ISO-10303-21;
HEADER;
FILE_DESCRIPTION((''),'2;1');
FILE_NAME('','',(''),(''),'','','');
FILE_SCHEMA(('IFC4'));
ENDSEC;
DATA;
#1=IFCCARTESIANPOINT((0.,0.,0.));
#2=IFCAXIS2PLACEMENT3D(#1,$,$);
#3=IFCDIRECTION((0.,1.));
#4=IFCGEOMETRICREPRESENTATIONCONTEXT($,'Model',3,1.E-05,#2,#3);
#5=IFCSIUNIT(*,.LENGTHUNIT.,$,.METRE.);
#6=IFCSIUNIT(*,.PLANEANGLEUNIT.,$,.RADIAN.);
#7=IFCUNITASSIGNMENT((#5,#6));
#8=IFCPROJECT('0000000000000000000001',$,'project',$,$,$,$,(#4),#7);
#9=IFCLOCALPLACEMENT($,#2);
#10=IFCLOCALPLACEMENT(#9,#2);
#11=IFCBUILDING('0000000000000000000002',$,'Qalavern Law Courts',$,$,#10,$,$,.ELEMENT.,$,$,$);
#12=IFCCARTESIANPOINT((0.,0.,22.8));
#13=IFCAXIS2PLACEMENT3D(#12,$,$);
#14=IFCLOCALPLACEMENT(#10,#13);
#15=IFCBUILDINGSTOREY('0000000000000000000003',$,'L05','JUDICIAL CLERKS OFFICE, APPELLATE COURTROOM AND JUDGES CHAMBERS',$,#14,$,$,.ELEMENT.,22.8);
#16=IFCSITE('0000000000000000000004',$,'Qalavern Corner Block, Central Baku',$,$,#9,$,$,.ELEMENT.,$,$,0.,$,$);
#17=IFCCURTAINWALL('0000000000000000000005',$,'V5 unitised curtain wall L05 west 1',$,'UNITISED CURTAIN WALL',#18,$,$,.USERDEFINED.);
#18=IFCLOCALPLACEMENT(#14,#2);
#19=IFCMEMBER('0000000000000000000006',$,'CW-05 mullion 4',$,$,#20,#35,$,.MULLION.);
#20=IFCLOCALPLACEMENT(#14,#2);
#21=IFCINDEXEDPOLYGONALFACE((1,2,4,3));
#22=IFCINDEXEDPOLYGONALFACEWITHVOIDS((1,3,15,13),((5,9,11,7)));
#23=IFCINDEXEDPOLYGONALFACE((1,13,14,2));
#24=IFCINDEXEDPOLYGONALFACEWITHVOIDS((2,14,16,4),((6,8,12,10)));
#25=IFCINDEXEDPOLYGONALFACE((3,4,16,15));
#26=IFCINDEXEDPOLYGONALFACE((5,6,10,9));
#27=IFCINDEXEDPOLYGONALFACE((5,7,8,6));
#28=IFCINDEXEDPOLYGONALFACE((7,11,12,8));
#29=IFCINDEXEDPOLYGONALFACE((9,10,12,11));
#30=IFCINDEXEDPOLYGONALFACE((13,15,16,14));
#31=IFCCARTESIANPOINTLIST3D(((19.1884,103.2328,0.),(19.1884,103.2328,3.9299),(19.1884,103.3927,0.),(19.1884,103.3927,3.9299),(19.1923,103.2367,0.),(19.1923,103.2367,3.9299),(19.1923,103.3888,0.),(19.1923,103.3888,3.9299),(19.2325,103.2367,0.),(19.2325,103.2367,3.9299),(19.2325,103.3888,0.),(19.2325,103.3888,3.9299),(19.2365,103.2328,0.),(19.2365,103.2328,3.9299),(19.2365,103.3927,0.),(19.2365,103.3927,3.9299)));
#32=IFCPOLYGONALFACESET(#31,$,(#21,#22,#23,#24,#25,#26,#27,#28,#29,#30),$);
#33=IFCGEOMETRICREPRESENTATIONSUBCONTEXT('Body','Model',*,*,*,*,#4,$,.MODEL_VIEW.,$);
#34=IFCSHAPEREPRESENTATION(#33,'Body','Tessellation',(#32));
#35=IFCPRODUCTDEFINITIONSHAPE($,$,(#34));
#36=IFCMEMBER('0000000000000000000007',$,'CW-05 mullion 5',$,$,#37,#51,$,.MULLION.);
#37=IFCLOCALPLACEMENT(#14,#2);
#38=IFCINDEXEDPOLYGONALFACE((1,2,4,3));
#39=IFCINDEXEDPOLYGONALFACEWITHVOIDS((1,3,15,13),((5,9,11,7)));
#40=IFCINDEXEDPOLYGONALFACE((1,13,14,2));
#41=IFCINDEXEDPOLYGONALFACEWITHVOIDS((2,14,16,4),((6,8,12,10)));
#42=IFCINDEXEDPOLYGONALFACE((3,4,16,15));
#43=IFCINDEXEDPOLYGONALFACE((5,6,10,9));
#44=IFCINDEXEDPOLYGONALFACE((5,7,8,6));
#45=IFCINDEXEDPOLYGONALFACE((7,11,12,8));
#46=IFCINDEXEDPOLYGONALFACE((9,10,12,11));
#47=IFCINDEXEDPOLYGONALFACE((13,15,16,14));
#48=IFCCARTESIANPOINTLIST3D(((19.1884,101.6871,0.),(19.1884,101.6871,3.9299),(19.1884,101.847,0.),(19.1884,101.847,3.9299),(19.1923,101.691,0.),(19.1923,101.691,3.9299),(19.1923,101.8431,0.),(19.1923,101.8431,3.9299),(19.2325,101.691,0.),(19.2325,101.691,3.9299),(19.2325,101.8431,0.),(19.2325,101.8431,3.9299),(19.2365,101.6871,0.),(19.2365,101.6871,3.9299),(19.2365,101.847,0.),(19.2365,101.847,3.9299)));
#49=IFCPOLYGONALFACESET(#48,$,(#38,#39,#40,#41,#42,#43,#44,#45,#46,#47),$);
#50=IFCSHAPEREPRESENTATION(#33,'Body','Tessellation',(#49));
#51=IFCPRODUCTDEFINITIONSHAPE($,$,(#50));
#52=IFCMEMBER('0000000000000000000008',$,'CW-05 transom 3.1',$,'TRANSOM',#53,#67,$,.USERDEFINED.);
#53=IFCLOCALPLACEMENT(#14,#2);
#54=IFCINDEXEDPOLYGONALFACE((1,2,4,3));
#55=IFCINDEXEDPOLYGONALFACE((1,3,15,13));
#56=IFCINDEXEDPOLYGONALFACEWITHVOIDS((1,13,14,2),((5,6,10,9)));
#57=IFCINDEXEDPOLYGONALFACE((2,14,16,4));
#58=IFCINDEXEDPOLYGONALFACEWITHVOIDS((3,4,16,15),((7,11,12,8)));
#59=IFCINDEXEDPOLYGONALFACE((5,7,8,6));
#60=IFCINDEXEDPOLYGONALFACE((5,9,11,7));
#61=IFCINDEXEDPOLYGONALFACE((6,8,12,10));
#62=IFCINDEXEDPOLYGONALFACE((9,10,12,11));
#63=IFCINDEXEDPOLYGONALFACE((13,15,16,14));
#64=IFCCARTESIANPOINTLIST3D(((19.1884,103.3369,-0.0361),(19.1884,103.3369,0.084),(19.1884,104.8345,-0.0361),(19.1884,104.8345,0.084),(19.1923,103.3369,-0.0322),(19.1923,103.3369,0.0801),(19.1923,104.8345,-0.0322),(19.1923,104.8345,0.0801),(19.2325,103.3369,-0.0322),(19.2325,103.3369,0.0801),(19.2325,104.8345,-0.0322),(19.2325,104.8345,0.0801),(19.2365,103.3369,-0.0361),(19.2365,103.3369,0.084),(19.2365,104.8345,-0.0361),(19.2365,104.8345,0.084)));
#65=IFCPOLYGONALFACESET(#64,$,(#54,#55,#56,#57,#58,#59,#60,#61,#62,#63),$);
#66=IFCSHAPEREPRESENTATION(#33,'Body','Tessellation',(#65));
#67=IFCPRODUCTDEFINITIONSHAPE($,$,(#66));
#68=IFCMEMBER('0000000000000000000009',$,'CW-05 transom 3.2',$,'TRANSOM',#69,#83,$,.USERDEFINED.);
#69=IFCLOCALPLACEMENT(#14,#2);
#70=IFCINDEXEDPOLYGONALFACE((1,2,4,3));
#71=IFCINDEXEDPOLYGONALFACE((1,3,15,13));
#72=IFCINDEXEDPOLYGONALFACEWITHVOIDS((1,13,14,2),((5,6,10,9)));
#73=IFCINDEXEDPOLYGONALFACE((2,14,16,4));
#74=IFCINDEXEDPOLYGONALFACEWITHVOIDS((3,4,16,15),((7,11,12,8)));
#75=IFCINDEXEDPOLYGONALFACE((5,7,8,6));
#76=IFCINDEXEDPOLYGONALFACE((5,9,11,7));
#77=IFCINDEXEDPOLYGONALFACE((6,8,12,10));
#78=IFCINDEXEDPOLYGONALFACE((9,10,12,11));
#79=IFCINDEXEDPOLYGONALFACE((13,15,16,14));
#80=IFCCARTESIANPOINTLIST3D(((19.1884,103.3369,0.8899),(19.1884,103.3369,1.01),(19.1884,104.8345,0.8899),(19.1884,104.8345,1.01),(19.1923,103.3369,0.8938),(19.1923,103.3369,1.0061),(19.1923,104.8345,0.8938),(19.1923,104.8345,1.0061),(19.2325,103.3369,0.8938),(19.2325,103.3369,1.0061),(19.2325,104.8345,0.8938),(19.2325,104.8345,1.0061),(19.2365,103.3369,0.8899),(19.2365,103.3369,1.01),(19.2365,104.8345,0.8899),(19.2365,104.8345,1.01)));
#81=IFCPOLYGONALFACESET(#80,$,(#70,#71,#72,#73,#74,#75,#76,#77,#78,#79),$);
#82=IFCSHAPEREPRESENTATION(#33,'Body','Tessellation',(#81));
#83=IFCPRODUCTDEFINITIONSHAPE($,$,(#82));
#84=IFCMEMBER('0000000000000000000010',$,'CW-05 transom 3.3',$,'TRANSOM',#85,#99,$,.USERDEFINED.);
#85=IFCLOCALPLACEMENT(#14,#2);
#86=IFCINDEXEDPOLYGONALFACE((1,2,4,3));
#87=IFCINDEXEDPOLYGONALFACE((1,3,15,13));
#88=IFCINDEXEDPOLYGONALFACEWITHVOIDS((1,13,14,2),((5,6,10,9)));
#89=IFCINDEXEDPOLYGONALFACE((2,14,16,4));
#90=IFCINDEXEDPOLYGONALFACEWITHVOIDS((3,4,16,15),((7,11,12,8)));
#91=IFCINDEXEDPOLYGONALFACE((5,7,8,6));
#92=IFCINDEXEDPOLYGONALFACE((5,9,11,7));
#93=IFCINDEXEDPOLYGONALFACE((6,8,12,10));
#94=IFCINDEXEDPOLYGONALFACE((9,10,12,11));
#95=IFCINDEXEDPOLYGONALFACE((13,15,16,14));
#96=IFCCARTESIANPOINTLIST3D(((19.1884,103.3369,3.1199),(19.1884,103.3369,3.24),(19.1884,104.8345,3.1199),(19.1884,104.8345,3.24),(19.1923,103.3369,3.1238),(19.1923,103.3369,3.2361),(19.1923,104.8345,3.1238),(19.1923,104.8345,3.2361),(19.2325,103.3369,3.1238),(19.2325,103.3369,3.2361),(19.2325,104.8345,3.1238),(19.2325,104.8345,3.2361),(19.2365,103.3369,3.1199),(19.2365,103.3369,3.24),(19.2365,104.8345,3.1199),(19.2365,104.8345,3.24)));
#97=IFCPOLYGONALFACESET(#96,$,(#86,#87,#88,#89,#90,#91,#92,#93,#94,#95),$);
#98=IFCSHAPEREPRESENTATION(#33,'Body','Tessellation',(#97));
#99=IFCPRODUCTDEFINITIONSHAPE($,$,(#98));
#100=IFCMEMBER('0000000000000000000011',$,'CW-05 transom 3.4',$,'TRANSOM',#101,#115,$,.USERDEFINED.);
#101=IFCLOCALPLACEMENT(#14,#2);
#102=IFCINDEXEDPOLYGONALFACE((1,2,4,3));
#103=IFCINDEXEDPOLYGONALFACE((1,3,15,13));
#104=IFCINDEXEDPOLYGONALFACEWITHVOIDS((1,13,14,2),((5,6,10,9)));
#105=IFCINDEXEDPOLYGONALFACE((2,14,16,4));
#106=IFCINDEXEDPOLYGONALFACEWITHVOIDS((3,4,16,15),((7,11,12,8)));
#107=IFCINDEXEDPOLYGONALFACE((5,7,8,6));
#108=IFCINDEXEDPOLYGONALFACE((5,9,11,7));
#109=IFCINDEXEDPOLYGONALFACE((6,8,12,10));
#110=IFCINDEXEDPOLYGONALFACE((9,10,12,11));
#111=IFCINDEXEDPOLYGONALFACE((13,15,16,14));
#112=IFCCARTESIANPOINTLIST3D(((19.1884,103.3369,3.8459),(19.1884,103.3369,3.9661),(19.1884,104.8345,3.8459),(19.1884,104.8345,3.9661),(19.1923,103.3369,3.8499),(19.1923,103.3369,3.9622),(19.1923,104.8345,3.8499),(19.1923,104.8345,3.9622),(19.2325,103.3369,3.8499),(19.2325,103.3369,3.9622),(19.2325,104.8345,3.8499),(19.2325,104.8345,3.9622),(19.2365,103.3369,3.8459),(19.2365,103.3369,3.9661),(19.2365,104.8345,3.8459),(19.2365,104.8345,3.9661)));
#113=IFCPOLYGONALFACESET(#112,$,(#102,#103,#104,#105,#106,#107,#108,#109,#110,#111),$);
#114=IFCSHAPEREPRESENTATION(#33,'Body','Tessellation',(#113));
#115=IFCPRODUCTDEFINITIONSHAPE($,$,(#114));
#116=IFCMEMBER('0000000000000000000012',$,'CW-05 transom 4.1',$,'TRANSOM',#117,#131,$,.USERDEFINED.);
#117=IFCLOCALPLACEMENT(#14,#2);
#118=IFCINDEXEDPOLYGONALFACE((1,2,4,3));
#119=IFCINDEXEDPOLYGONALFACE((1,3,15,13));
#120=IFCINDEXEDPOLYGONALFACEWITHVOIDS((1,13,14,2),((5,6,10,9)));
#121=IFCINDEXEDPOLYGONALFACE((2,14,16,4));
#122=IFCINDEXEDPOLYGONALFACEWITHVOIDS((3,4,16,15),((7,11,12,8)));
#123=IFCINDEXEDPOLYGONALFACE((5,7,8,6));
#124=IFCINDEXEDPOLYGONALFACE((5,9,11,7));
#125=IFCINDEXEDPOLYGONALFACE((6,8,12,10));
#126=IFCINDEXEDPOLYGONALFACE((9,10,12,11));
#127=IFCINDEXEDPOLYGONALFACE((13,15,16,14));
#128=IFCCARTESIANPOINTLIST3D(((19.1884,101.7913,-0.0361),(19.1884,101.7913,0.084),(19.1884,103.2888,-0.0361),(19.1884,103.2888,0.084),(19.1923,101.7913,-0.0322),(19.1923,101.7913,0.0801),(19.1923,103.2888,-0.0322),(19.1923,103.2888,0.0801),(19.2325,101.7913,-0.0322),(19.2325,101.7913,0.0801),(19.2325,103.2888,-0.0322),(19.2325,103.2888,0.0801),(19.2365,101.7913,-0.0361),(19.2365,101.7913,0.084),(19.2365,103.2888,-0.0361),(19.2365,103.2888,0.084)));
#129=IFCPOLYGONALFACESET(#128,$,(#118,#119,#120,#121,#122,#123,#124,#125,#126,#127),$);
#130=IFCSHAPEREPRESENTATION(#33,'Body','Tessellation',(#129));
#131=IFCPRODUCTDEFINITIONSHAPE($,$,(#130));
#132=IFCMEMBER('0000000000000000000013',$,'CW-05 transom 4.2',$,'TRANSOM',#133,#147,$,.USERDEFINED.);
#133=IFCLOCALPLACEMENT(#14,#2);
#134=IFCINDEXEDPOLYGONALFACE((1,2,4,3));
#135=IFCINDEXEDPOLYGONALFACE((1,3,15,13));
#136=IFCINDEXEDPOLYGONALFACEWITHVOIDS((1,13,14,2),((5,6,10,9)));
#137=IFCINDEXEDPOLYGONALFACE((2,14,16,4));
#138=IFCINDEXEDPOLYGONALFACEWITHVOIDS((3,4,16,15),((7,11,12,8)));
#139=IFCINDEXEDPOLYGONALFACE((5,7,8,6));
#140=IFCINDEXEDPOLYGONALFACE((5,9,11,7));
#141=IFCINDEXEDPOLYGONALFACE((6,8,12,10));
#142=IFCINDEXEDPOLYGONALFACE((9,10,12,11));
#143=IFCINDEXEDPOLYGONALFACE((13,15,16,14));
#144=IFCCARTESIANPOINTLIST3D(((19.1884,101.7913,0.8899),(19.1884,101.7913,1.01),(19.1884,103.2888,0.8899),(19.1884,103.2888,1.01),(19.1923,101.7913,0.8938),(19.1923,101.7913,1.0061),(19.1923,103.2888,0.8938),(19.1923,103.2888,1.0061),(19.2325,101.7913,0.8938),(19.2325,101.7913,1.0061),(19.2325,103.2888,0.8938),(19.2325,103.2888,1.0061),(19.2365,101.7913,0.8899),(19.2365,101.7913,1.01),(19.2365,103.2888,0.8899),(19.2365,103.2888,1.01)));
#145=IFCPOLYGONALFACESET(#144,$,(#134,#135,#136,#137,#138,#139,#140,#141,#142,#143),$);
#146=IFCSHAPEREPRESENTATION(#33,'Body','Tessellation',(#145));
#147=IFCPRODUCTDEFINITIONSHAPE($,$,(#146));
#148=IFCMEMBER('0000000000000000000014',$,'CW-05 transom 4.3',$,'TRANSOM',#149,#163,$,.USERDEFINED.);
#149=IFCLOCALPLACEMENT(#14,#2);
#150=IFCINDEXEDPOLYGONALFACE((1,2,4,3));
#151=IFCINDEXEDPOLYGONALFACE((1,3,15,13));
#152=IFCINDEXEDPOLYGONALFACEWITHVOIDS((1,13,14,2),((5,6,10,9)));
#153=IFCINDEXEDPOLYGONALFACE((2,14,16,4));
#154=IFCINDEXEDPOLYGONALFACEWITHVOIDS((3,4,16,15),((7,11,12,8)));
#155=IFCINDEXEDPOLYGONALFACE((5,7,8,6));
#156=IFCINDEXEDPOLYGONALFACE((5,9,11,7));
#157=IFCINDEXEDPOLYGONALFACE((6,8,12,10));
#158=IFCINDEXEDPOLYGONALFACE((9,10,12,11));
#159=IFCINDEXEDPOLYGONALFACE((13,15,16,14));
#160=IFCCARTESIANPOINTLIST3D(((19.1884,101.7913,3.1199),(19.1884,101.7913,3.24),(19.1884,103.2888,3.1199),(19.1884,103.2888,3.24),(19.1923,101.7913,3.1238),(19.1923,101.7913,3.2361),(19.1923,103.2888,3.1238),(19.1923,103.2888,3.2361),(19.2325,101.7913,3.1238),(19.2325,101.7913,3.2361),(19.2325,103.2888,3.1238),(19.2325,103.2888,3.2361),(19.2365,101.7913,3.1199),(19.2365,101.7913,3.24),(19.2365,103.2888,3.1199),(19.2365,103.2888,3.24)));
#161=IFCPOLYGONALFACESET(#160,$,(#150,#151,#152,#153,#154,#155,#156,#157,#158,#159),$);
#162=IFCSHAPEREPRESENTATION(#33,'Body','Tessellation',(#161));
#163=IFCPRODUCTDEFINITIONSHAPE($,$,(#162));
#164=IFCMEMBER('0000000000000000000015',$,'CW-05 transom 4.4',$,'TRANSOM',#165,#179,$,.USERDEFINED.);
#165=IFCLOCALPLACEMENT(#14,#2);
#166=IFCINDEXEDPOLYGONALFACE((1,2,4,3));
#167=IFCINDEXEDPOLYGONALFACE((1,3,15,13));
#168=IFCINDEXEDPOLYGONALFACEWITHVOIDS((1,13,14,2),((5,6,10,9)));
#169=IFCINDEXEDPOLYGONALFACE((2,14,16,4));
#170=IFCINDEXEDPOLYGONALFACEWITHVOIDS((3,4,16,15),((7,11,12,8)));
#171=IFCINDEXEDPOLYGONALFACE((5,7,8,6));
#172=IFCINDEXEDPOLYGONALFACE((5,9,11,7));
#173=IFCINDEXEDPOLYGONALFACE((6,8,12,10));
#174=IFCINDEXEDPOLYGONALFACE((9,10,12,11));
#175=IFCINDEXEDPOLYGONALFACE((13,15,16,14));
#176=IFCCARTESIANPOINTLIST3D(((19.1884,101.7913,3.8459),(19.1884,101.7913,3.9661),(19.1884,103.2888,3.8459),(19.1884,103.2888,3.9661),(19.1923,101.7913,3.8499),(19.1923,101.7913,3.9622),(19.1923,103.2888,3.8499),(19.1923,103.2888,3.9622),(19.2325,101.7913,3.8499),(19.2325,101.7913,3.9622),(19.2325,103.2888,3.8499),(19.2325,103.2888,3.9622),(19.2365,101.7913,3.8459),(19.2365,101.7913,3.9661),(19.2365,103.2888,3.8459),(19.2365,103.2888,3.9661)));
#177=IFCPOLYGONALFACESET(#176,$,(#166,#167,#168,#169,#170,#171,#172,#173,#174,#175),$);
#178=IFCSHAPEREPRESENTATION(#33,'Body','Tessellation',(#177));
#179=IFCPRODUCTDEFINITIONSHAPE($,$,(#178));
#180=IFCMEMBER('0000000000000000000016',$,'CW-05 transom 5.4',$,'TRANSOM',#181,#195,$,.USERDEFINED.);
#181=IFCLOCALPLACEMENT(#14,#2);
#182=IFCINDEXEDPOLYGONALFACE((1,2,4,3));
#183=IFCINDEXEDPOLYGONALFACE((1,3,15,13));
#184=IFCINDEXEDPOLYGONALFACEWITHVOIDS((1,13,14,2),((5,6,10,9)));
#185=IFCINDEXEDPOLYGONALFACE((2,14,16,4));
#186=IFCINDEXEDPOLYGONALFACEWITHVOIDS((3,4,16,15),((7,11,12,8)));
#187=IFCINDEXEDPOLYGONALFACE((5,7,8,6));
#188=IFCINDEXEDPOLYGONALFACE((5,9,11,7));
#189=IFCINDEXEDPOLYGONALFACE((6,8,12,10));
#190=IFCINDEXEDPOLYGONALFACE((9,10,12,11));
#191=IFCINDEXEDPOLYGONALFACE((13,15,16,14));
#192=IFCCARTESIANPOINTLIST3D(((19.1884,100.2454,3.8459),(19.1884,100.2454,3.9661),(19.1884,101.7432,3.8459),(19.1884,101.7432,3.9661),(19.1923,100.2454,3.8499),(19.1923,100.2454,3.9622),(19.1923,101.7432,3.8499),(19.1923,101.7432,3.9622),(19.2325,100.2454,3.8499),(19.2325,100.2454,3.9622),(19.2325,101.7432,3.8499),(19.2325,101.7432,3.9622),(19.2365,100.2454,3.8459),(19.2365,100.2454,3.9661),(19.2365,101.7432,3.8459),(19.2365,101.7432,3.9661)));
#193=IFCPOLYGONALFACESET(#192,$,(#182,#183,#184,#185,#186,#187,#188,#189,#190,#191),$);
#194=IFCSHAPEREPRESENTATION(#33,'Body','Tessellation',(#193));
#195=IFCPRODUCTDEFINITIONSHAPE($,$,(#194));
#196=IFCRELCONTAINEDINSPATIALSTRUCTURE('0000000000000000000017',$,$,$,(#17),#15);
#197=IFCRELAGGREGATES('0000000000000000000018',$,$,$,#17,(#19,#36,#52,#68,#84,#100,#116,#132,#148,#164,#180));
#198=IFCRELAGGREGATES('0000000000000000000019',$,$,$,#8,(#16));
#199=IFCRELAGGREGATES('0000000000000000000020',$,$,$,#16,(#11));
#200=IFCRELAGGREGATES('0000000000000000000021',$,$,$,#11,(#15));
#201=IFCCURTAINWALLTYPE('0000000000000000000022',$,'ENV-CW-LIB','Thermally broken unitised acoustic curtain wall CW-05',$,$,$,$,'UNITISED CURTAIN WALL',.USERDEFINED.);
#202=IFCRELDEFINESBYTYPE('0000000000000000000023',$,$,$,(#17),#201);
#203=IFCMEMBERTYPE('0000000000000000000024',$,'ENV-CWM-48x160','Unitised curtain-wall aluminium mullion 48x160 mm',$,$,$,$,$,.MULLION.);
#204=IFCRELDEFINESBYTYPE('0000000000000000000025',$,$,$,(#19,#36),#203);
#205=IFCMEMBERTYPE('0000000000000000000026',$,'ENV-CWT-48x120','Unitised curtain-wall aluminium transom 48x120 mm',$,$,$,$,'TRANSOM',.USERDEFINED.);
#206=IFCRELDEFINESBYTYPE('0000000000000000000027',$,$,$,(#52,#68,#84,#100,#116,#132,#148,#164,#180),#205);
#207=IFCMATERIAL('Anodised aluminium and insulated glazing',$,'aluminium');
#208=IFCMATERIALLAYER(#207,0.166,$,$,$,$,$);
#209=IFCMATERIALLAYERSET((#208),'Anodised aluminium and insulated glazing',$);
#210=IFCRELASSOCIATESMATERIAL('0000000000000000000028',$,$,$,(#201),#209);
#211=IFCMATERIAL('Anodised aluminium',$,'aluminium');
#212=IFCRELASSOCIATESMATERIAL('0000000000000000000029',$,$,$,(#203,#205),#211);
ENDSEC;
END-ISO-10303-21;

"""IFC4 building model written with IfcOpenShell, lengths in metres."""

from ifc_helpers import new_model, si_unit, direction, frame, origin, origin_2d, place, context, subcontext, project, spatial, hollow_rectangle, extrude, material, layer, layer_set, material_profile, profile_set, type_object, element, aggregate, save


model = new_model("IFC4")

# Units and contexts
model_context = context("Model", 3, precision=1e-05, world=origin(), true_north=direction((0.0, 1.0)))
body_context = subcontext(model_context, "Body", "Model", "MODEL_VIEW")
ifc_project = project(units=[si_unit("LENGTHUNIT", "METRE"), si_unit("PLANEANGLEUNIT", "RADIAN")], contexts=[model_context])

# Site, building, storey
site_placement = place(None, origin())
site = spatial("IfcSite", under=ifc_project, at=site_placement, Name="Qalavern Corner Block, Central Baku", CompositionType="ELEMENT", RefElevation=0.0)
building_placement = place(site_placement, origin())
building = spatial("IfcBuilding", under=site, at=building_placement, Name="Qalavern Law Courts", CompositionType="ELEMENT")
storey_placement = place(building_placement, frame((0.0, 0.0, 22.8)))
storey = spatial("IfcBuildingStorey", under=building, at=storey_placement, Name="L05", Description="JUDICIAL CLERKS OFFICE, APPELLATE COURTROOM AND JUDGES CHAMBERS", CompositionType="ELEMENT", Elevation=22.8)

# Curtain wall, members
ifc_material_1 = material(Name="Anodised aluminium and insulated glazing", Category="aluminium")
ifc_layer_1 = layer(ifc_material_1, 0.166)
ifc_layer_set_1 = layer_set([ifc_layer_1], Name="Anodised aluminium and insulated glazing")
curtain_wall_type = type_object("IfcCurtainWallType", Name="ENV-CW-LIB", Description="Thermally broken unitised acoustic curtain wall CW-05", ElementType="UNITISED CURTAIN WALL", PredefinedType="USERDEFINED", material=ifc_layer_set_1)
curtain_wall_placement = place(storey_placement, origin())
curtain_wall = element("IfcCurtainWall", 1, at=curtain_wall_placement, inside=storey, type_object=curtain_wall_type, Name="V5 unitised curtain wall L05 west 1", ObjectType="UNITISED CURTAIN WALL", PredefinedType="USERDEFINED")
ifc_material_2 = material(Name="Anodised aluminium", Category="aluminium")
ifc_material_profile_1 = material_profile(ifc_material_2, hollow_rectangle(XDim=0.0481, YDim=0.1599, WallThickness=0.0039, at=origin_2d()), Name="ALU MULLION 48x160")
ifc_profile_set_1 = profile_set([ifc_material_profile_1], Name="Anodised aluminium")
member_type_1 = type_object("IfcMemberType", Name="ENV-CWM-48x160", Description="Unitised curtain-wall aluminium mullion 48x160 mm", PredefinedType="MULLION", material=ifc_profile_set_1)
member_1_placement = place(storey_placement, frame((19.2124, 103.3127, 0.0), z_axis=(0.0, 0.0, 1.0), x_axis=(1.0, 0.0, 0.0)))
member_1 = element("IfcMember", 2, at=member_1_placement, type_object=member_type_1, Name="CW-05 mullion 4", PredefinedType="MULLION", context=body_context, shape_type="SweptSolid", body=[
    extrude(hollow_rectangle(XDim=0.0481, YDim=0.1599, WallThickness=0.0039, at=origin_2d()), origin(), (0.0, 0.0, 1.0), 3.9299),
])
member_2_placement = place(storey_placement, frame((19.2124, 101.7671, 0.0), z_axis=(0.0, 0.0, 1.0), x_axis=(1.0, 0.0, 0.0)))
member_2 = element("IfcMember", 3, at=member_2_placement, type_object=member_type_1, Name="CW-05 mullion 5", PredefinedType="MULLION", context=body_context, shape_type="SweptSolid", body=[
    extrude(hollow_rectangle(XDim=0.0481, YDim=0.1599, WallThickness=0.0039, at=origin_2d()), origin(), (0.0, 0.0, 1.0), 3.9299),
])
ifc_material_profile_2 = material_profile(ifc_material_2, hollow_rectangle(XDim=0.0481, YDim=0.1201, WallThickness=0.0039, at=origin_2d()), Name="ALU TRANSOM 48x120")
ifc_profile_set_2 = profile_set([ifc_material_profile_2], Name="Anodised aluminium")
member_type_2 = type_object("IfcMemberType", Name="ENV-CWT-48x120", Description="Unitised curtain-wall aluminium transom 48x120 mm", ElementType="TRANSOM", PredefinedType="USERDEFINED", material=ifc_profile_set_2)
member_3_placement = place(storey_placement, frame((19.2124, 104.8345, 0.0239), z_axis=(0.0, -1.0, 0.0), x_axis=(1.0, 0.0, 0.0)))
member_3 = element("IfcMember", 4, at=member_3_placement, type_object=member_type_2, Name="CW-05 transom 3.1", ObjectType="TRANSOM", PredefinedType="USERDEFINED", context=body_context, shape_type="SweptSolid", body=[
    extrude(hollow_rectangle(XDim=0.0481, YDim=0.1201, WallThickness=0.0039, at=origin_2d()), origin(), (0.0, 0.0, 1.0), 1.4976),
])
member_4_placement = place(storey_placement, frame((19.2124, 104.8345, 0.95), z_axis=(0.0, -1.0, 0.0), x_axis=(1.0, 0.0, 0.0)))
member_4 = element("IfcMember", 5, at=member_4_placement, type_object=member_type_2, Name="CW-05 transom 3.2", ObjectType="TRANSOM", PredefinedType="USERDEFINED", context=body_context, shape_type="SweptSolid", body=[
    extrude(hollow_rectangle(XDim=0.0481, YDim=0.1201, WallThickness=0.0039, at=origin_2d()), origin(), (0.0, 0.0, 1.0), 1.4976),
])
member_5_placement = place(storey_placement, frame((19.2124, 104.8345, 3.1799), z_axis=(0.0, -1.0, 0.0), x_axis=(1.0, 0.0, 0.0)))
member_5 = element("IfcMember", 6, at=member_5_placement, type_object=member_type_2, Name="CW-05 transom 3.3", ObjectType="TRANSOM", PredefinedType="USERDEFINED", context=body_context, shape_type="SweptSolid", body=[
    extrude(hollow_rectangle(XDim=0.0481, YDim=0.1201, WallThickness=0.0039, at=origin_2d()), origin(), (0.0, 0.0, 1.0), 1.4976),
])
member_6_placement = place(storey_placement, frame((19.2124, 104.8345, 3.906), z_axis=(0.0, -1.0, 0.0), x_axis=(1.0, 0.0, 0.0)))
member_6 = element("IfcMember", 7, at=member_6_placement, type_object=member_type_2, Name="CW-05 transom 3.4", ObjectType="TRANSOM", PredefinedType="USERDEFINED", context=body_context, shape_type="SweptSolid", body=[
    extrude(hollow_rectangle(XDim=0.0481, YDim=0.1201, WallThickness=0.0039, at=origin_2d()), origin(), (0.0, 0.0, 1.0), 1.4976),
])
member_7_placement = place(storey_placement, frame((19.2124, 103.2888, 0.0239), z_axis=(0.0, -1.0, 0.0), x_axis=(1.0, 0.0, 0.0)))
member_7 = element("IfcMember", 8, at=member_7_placement, type_object=member_type_2, Name="CW-05 transom 4.1", ObjectType="TRANSOM", PredefinedType="USERDEFINED", context=body_context, shape_type="SweptSolid", body=[
    extrude(hollow_rectangle(XDim=0.0481, YDim=0.1201, WallThickness=0.0039, at=origin_2d()), origin(), (0.0, 0.0, 1.0), 1.4976),
])
member_8_placement = place(storey_placement, frame((19.2124, 103.2888, 0.95), z_axis=(0.0, -1.0, 0.0), x_axis=(1.0, 0.0, 0.0)))
member_8 = element("IfcMember", 9, at=member_8_placement, type_object=member_type_2, Name="CW-05 transom 4.2", ObjectType="TRANSOM", PredefinedType="USERDEFINED", context=body_context, shape_type="SweptSolid", body=[
    extrude(hollow_rectangle(XDim=0.0481, YDim=0.1201, WallThickness=0.0039, at=origin_2d()), origin(), (0.0, 0.0, 1.0), 1.4976),
])
member_9_placement = place(storey_placement, frame((19.2124, 103.2888, 3.1799), z_axis=(0.0, -1.0, 0.0), x_axis=(1.0, 0.0, 0.0)))
member_9 = element("IfcMember", 10, at=member_9_placement, type_object=member_type_2, Name="CW-05 transom 4.3", ObjectType="TRANSOM", PredefinedType="USERDEFINED", context=body_context, shape_type="SweptSolid", body=[
    extrude(hollow_rectangle(XDim=0.0481, YDim=0.1201, WallThickness=0.0039, at=origin_2d()), origin(), (0.0, 0.0, 1.0), 1.4976),
])
member_10_placement = place(storey_placement, frame((19.2124, 103.2888, 3.906), z_axis=(0.0, -1.0, 0.0), x_axis=(1.0, 0.0, 0.0)))
member_10 = element("IfcMember", 11, at=member_10_placement, type_object=member_type_2, Name="CW-05 transom 4.4", ObjectType="TRANSOM", PredefinedType="USERDEFINED", context=body_context, shape_type="SweptSolid", body=[
    extrude(hollow_rectangle(XDim=0.0481, YDim=0.1201, WallThickness=0.0039, at=origin_2d()), origin(), (0.0, 0.0, 1.0), 1.4976),
])
member_11_placement = place(storey_placement, frame((19.2124, 101.7432, 3.906), z_axis=(0.0, -1.0, 0.0), x_axis=(1.0, 0.0, 0.0)))
member_11 = element("IfcMember", 12, at=member_11_placement, type_object=member_type_2, Name="CW-05 transom 5.4", ObjectType="TRANSOM", PredefinedType="USERDEFINED", context=body_context, shape_type="SweptSolid", body=[
    extrude(hollow_rectangle(XDim=0.0481, YDim=0.1201, WallThickness=0.0039, at=origin_2d()), origin(), (0.0, 0.0, 1.0), 1.4978),
])
aggregate(curtain_wall, [member_1, member_2, member_3, member_4, member_5, member_6, member_7, member_8, member_9, member_10, member_11])

save(model, "model.ifc")
